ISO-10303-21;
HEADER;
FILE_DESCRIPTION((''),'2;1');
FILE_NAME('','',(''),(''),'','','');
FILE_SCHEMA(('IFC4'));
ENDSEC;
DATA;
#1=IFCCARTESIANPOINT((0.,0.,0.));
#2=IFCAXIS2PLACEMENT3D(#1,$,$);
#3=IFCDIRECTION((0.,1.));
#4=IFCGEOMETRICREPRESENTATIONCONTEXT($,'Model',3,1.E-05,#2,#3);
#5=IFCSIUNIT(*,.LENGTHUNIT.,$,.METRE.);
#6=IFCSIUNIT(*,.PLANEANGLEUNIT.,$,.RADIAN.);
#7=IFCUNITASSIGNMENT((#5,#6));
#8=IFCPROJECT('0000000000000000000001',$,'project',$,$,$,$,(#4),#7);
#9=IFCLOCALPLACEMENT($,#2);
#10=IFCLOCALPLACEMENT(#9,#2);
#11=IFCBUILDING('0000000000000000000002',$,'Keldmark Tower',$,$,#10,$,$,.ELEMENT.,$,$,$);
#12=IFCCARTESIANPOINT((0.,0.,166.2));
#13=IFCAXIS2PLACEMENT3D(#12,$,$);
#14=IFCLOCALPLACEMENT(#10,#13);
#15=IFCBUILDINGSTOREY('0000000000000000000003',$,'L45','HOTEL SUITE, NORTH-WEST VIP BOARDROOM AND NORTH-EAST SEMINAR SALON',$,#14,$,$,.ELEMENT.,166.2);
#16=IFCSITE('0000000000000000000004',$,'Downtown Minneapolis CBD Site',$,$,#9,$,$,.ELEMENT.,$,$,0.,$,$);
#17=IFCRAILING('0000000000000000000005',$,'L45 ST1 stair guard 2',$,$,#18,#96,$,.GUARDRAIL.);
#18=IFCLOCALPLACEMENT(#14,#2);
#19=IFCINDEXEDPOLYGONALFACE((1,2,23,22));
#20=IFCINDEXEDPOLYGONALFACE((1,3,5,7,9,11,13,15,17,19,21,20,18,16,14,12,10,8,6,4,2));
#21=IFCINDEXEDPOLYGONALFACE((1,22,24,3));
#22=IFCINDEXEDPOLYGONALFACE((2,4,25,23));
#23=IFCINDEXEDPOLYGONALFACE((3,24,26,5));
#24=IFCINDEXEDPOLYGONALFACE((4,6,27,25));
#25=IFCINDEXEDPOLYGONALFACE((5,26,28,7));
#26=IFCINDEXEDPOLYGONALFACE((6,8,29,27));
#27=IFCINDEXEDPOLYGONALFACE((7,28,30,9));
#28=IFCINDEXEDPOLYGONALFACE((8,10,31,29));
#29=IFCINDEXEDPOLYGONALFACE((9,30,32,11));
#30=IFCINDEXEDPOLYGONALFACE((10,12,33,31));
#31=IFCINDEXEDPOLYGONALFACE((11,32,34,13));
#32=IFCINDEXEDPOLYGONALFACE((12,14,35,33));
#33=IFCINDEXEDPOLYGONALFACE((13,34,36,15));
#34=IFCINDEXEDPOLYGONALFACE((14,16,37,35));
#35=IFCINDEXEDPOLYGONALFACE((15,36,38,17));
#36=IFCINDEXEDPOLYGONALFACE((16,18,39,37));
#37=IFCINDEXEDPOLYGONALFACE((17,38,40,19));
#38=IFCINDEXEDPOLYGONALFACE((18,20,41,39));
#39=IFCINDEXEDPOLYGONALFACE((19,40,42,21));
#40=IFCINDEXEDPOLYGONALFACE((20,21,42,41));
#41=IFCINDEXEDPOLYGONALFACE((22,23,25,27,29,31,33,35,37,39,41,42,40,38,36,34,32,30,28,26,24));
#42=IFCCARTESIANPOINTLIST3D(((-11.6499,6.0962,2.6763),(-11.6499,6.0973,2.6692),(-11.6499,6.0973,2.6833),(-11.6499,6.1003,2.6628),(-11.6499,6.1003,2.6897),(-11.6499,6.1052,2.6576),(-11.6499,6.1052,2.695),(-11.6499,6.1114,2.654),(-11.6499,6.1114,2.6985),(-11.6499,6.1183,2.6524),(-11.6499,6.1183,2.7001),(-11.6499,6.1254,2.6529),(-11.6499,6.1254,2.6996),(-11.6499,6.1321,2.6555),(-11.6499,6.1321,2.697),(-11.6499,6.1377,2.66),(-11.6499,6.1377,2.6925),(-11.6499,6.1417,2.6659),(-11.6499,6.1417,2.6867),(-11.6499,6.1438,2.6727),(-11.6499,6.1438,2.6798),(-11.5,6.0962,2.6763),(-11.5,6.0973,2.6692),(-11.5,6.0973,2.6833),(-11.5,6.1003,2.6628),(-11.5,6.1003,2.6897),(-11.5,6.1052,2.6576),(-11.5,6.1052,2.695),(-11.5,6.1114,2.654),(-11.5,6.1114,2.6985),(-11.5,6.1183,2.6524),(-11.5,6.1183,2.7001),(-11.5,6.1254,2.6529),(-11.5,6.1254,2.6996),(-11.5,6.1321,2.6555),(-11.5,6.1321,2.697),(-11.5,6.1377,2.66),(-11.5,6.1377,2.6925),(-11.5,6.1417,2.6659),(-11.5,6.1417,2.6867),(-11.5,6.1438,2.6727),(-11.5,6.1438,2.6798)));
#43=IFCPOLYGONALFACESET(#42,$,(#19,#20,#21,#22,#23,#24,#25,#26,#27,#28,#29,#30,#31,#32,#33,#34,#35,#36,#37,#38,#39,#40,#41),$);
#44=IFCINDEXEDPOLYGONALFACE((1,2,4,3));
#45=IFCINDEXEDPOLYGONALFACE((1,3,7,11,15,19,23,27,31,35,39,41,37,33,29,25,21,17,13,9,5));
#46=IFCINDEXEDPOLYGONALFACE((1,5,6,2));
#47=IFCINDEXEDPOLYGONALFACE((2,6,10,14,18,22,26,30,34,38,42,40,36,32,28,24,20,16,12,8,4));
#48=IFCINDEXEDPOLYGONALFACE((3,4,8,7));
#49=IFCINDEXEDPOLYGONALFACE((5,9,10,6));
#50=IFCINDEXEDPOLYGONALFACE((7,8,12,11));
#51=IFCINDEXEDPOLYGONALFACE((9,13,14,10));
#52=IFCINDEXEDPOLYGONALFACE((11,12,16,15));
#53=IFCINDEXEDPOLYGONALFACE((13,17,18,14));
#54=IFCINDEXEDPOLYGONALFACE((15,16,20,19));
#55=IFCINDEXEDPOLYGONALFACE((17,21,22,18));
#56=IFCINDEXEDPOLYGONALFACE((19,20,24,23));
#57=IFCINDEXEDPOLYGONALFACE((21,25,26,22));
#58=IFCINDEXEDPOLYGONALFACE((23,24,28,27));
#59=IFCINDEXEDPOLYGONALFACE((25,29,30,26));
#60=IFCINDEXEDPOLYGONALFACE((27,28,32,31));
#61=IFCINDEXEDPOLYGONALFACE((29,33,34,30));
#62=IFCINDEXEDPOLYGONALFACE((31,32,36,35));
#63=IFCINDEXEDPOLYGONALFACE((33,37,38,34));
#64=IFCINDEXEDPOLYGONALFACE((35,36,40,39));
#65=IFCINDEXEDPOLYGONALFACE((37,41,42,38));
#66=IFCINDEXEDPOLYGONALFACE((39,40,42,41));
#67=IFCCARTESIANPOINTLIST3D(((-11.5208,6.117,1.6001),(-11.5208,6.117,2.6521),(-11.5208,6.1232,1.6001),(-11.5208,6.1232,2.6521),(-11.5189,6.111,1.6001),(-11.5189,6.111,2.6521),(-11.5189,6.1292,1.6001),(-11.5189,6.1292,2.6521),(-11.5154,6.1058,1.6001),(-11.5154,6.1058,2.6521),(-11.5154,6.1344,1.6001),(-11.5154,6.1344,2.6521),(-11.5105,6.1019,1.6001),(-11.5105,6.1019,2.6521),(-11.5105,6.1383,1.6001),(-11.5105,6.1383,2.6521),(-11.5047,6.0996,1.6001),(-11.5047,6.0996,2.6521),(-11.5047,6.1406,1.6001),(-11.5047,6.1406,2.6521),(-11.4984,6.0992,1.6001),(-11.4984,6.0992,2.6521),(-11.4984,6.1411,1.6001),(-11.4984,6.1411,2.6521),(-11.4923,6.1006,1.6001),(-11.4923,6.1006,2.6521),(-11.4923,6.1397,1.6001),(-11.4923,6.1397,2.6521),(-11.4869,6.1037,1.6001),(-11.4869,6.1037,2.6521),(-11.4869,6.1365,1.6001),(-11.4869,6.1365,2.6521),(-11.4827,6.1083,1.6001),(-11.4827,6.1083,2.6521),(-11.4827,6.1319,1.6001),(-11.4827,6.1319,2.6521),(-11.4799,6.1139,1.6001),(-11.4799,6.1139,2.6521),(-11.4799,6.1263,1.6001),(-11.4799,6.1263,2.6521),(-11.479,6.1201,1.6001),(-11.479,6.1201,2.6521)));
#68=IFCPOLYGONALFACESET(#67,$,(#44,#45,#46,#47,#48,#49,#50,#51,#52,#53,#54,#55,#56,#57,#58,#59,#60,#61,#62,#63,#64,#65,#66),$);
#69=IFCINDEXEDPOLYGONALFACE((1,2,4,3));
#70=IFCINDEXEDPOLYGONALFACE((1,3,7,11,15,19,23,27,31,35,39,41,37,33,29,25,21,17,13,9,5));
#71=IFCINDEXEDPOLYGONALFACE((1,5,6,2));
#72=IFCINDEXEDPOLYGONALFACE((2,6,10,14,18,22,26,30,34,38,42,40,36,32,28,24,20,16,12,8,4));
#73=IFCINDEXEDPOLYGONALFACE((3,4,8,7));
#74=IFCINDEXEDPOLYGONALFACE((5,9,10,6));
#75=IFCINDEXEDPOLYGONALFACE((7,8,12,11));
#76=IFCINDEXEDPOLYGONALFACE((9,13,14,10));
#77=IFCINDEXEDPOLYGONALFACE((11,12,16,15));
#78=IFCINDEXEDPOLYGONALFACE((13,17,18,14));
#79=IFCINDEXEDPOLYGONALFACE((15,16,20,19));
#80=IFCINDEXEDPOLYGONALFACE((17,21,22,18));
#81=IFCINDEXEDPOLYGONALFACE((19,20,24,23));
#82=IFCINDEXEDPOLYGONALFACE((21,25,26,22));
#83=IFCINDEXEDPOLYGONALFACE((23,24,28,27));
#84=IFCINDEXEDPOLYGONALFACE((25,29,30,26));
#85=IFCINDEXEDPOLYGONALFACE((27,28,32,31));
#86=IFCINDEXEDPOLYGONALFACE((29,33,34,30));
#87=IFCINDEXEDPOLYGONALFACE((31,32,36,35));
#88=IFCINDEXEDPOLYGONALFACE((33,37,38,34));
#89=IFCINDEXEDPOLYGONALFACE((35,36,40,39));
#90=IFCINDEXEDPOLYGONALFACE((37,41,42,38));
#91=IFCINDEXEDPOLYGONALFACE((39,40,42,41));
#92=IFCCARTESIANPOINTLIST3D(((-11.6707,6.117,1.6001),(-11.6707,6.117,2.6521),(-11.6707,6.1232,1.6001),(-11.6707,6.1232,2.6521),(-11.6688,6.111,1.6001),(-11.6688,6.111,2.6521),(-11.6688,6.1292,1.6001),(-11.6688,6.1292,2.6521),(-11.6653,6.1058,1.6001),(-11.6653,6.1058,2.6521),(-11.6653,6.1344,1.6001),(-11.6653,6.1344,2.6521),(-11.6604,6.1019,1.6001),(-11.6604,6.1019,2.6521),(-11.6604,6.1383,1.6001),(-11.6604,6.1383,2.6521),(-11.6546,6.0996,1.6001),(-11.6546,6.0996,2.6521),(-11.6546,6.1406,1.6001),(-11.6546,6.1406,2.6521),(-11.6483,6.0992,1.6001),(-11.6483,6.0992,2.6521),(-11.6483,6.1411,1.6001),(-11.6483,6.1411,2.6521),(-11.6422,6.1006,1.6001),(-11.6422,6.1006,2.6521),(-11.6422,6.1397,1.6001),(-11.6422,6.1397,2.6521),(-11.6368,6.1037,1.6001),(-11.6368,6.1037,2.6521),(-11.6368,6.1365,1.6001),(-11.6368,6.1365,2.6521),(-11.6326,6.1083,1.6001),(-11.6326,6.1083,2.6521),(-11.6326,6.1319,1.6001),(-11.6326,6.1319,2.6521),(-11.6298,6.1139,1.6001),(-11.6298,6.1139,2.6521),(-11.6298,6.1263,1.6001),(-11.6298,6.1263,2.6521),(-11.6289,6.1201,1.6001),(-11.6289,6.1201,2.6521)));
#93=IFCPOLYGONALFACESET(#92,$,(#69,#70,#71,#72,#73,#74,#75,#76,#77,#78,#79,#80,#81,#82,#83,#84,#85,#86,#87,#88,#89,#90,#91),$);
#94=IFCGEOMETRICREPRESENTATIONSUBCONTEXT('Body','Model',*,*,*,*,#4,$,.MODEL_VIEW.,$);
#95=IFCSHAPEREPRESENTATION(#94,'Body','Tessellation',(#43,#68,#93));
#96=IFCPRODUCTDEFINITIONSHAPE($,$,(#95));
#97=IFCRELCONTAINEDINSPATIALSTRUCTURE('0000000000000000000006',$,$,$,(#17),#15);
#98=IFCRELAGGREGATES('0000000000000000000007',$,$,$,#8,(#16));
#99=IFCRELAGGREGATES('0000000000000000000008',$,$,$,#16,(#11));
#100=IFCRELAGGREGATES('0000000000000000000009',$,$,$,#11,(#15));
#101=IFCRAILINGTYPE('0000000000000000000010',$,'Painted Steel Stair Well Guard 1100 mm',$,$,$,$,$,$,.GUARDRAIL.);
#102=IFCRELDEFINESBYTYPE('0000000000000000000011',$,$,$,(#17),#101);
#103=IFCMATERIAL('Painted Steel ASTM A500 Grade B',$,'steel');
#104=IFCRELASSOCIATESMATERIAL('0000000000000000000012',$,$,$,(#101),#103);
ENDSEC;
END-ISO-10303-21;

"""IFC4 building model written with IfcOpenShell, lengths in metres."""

from ifc_helpers import new_model, si_unit, direction, frame, origin, origin_2d, place, context, subcontext, project, spatial, circle, extrude, material, type_object, element, save


model = new_model("IFC4")

# Units and contexts
model_context = context("Model", 3, precision=1e-05, world=origin(), true_north=direction((0.0, 1.0)))
body_context = subcontext(model_context, "Body", "Model", "MODEL_VIEW")
ifc_project = project(units=[si_unit("LENGTHUNIT", "METRE"), si_unit("PLANEANGLEUNIT", "RADIAN")], contexts=[model_context])

# Site, building, storey
site_placement = place(None, origin())
site = spatial("IfcSite", under=ifc_project, at=site_placement, Name="Downtown Minneapolis CBD Site", CompositionType="ELEMENT", RefElevation=0.0)
building_placement = place(site_placement, origin())
building = spatial("IfcBuilding", under=site, at=building_placement, Name="Keldmark Tower", CompositionType="ELEMENT")
storey_placement = place(building_placement, frame((0.0, 0.0, 166.2)))
storey = spatial("IfcBuildingStorey", under=building, at=storey_placement, Name="L45", Description="HOTEL SUITE, NORTH-WEST VIP BOARDROOM AND NORTH-EAST SEMINAR SALON", CompositionType="ELEMENT", Elevation=166.2)

# Railing
ifc_material_1 = material(Name="Painted Steel ASTM A500 Grade B", Category="steel")
railing_type_1 = type_object("IfcRailingType", Name="Painted Steel Stair Well Guard 1100 mm", PredefinedType="GUARDRAIL", material=ifc_material_1)
railing_1_placement = place(storey_placement, frame((-11.5, 6.1201, 1.6001)))
element("IfcRailing", 1, at=railing_1_placement, inside=storey, type_object=railing_type_1, Name="L45 ST1 stair guard 2", PredefinedType="GUARDRAIL", context=body_context, shape_type="SweptSolid", body=[
    extrude(circle(Radius=0.0239, at=origin_2d()), frame((0.0, 0.0, 1.0762), z_axis=(-1.0, 0.0, 0.0), x_axis=(0.0, -1.0, 0.0)), (0.0, 0.0, 1.0), 0.1499),
    extrude(circle(Radius=0.021, at=origin_2d()), origin(), (0.0, 0.0, 1.0), 1.052),
    extrude(circle(Radius=0.021, at=origin_2d()), frame((-0.1499, 0.0, 0.0)), (0.0, 0.0, 1.0), 1.052),
])

save(model, "model.ifc")
